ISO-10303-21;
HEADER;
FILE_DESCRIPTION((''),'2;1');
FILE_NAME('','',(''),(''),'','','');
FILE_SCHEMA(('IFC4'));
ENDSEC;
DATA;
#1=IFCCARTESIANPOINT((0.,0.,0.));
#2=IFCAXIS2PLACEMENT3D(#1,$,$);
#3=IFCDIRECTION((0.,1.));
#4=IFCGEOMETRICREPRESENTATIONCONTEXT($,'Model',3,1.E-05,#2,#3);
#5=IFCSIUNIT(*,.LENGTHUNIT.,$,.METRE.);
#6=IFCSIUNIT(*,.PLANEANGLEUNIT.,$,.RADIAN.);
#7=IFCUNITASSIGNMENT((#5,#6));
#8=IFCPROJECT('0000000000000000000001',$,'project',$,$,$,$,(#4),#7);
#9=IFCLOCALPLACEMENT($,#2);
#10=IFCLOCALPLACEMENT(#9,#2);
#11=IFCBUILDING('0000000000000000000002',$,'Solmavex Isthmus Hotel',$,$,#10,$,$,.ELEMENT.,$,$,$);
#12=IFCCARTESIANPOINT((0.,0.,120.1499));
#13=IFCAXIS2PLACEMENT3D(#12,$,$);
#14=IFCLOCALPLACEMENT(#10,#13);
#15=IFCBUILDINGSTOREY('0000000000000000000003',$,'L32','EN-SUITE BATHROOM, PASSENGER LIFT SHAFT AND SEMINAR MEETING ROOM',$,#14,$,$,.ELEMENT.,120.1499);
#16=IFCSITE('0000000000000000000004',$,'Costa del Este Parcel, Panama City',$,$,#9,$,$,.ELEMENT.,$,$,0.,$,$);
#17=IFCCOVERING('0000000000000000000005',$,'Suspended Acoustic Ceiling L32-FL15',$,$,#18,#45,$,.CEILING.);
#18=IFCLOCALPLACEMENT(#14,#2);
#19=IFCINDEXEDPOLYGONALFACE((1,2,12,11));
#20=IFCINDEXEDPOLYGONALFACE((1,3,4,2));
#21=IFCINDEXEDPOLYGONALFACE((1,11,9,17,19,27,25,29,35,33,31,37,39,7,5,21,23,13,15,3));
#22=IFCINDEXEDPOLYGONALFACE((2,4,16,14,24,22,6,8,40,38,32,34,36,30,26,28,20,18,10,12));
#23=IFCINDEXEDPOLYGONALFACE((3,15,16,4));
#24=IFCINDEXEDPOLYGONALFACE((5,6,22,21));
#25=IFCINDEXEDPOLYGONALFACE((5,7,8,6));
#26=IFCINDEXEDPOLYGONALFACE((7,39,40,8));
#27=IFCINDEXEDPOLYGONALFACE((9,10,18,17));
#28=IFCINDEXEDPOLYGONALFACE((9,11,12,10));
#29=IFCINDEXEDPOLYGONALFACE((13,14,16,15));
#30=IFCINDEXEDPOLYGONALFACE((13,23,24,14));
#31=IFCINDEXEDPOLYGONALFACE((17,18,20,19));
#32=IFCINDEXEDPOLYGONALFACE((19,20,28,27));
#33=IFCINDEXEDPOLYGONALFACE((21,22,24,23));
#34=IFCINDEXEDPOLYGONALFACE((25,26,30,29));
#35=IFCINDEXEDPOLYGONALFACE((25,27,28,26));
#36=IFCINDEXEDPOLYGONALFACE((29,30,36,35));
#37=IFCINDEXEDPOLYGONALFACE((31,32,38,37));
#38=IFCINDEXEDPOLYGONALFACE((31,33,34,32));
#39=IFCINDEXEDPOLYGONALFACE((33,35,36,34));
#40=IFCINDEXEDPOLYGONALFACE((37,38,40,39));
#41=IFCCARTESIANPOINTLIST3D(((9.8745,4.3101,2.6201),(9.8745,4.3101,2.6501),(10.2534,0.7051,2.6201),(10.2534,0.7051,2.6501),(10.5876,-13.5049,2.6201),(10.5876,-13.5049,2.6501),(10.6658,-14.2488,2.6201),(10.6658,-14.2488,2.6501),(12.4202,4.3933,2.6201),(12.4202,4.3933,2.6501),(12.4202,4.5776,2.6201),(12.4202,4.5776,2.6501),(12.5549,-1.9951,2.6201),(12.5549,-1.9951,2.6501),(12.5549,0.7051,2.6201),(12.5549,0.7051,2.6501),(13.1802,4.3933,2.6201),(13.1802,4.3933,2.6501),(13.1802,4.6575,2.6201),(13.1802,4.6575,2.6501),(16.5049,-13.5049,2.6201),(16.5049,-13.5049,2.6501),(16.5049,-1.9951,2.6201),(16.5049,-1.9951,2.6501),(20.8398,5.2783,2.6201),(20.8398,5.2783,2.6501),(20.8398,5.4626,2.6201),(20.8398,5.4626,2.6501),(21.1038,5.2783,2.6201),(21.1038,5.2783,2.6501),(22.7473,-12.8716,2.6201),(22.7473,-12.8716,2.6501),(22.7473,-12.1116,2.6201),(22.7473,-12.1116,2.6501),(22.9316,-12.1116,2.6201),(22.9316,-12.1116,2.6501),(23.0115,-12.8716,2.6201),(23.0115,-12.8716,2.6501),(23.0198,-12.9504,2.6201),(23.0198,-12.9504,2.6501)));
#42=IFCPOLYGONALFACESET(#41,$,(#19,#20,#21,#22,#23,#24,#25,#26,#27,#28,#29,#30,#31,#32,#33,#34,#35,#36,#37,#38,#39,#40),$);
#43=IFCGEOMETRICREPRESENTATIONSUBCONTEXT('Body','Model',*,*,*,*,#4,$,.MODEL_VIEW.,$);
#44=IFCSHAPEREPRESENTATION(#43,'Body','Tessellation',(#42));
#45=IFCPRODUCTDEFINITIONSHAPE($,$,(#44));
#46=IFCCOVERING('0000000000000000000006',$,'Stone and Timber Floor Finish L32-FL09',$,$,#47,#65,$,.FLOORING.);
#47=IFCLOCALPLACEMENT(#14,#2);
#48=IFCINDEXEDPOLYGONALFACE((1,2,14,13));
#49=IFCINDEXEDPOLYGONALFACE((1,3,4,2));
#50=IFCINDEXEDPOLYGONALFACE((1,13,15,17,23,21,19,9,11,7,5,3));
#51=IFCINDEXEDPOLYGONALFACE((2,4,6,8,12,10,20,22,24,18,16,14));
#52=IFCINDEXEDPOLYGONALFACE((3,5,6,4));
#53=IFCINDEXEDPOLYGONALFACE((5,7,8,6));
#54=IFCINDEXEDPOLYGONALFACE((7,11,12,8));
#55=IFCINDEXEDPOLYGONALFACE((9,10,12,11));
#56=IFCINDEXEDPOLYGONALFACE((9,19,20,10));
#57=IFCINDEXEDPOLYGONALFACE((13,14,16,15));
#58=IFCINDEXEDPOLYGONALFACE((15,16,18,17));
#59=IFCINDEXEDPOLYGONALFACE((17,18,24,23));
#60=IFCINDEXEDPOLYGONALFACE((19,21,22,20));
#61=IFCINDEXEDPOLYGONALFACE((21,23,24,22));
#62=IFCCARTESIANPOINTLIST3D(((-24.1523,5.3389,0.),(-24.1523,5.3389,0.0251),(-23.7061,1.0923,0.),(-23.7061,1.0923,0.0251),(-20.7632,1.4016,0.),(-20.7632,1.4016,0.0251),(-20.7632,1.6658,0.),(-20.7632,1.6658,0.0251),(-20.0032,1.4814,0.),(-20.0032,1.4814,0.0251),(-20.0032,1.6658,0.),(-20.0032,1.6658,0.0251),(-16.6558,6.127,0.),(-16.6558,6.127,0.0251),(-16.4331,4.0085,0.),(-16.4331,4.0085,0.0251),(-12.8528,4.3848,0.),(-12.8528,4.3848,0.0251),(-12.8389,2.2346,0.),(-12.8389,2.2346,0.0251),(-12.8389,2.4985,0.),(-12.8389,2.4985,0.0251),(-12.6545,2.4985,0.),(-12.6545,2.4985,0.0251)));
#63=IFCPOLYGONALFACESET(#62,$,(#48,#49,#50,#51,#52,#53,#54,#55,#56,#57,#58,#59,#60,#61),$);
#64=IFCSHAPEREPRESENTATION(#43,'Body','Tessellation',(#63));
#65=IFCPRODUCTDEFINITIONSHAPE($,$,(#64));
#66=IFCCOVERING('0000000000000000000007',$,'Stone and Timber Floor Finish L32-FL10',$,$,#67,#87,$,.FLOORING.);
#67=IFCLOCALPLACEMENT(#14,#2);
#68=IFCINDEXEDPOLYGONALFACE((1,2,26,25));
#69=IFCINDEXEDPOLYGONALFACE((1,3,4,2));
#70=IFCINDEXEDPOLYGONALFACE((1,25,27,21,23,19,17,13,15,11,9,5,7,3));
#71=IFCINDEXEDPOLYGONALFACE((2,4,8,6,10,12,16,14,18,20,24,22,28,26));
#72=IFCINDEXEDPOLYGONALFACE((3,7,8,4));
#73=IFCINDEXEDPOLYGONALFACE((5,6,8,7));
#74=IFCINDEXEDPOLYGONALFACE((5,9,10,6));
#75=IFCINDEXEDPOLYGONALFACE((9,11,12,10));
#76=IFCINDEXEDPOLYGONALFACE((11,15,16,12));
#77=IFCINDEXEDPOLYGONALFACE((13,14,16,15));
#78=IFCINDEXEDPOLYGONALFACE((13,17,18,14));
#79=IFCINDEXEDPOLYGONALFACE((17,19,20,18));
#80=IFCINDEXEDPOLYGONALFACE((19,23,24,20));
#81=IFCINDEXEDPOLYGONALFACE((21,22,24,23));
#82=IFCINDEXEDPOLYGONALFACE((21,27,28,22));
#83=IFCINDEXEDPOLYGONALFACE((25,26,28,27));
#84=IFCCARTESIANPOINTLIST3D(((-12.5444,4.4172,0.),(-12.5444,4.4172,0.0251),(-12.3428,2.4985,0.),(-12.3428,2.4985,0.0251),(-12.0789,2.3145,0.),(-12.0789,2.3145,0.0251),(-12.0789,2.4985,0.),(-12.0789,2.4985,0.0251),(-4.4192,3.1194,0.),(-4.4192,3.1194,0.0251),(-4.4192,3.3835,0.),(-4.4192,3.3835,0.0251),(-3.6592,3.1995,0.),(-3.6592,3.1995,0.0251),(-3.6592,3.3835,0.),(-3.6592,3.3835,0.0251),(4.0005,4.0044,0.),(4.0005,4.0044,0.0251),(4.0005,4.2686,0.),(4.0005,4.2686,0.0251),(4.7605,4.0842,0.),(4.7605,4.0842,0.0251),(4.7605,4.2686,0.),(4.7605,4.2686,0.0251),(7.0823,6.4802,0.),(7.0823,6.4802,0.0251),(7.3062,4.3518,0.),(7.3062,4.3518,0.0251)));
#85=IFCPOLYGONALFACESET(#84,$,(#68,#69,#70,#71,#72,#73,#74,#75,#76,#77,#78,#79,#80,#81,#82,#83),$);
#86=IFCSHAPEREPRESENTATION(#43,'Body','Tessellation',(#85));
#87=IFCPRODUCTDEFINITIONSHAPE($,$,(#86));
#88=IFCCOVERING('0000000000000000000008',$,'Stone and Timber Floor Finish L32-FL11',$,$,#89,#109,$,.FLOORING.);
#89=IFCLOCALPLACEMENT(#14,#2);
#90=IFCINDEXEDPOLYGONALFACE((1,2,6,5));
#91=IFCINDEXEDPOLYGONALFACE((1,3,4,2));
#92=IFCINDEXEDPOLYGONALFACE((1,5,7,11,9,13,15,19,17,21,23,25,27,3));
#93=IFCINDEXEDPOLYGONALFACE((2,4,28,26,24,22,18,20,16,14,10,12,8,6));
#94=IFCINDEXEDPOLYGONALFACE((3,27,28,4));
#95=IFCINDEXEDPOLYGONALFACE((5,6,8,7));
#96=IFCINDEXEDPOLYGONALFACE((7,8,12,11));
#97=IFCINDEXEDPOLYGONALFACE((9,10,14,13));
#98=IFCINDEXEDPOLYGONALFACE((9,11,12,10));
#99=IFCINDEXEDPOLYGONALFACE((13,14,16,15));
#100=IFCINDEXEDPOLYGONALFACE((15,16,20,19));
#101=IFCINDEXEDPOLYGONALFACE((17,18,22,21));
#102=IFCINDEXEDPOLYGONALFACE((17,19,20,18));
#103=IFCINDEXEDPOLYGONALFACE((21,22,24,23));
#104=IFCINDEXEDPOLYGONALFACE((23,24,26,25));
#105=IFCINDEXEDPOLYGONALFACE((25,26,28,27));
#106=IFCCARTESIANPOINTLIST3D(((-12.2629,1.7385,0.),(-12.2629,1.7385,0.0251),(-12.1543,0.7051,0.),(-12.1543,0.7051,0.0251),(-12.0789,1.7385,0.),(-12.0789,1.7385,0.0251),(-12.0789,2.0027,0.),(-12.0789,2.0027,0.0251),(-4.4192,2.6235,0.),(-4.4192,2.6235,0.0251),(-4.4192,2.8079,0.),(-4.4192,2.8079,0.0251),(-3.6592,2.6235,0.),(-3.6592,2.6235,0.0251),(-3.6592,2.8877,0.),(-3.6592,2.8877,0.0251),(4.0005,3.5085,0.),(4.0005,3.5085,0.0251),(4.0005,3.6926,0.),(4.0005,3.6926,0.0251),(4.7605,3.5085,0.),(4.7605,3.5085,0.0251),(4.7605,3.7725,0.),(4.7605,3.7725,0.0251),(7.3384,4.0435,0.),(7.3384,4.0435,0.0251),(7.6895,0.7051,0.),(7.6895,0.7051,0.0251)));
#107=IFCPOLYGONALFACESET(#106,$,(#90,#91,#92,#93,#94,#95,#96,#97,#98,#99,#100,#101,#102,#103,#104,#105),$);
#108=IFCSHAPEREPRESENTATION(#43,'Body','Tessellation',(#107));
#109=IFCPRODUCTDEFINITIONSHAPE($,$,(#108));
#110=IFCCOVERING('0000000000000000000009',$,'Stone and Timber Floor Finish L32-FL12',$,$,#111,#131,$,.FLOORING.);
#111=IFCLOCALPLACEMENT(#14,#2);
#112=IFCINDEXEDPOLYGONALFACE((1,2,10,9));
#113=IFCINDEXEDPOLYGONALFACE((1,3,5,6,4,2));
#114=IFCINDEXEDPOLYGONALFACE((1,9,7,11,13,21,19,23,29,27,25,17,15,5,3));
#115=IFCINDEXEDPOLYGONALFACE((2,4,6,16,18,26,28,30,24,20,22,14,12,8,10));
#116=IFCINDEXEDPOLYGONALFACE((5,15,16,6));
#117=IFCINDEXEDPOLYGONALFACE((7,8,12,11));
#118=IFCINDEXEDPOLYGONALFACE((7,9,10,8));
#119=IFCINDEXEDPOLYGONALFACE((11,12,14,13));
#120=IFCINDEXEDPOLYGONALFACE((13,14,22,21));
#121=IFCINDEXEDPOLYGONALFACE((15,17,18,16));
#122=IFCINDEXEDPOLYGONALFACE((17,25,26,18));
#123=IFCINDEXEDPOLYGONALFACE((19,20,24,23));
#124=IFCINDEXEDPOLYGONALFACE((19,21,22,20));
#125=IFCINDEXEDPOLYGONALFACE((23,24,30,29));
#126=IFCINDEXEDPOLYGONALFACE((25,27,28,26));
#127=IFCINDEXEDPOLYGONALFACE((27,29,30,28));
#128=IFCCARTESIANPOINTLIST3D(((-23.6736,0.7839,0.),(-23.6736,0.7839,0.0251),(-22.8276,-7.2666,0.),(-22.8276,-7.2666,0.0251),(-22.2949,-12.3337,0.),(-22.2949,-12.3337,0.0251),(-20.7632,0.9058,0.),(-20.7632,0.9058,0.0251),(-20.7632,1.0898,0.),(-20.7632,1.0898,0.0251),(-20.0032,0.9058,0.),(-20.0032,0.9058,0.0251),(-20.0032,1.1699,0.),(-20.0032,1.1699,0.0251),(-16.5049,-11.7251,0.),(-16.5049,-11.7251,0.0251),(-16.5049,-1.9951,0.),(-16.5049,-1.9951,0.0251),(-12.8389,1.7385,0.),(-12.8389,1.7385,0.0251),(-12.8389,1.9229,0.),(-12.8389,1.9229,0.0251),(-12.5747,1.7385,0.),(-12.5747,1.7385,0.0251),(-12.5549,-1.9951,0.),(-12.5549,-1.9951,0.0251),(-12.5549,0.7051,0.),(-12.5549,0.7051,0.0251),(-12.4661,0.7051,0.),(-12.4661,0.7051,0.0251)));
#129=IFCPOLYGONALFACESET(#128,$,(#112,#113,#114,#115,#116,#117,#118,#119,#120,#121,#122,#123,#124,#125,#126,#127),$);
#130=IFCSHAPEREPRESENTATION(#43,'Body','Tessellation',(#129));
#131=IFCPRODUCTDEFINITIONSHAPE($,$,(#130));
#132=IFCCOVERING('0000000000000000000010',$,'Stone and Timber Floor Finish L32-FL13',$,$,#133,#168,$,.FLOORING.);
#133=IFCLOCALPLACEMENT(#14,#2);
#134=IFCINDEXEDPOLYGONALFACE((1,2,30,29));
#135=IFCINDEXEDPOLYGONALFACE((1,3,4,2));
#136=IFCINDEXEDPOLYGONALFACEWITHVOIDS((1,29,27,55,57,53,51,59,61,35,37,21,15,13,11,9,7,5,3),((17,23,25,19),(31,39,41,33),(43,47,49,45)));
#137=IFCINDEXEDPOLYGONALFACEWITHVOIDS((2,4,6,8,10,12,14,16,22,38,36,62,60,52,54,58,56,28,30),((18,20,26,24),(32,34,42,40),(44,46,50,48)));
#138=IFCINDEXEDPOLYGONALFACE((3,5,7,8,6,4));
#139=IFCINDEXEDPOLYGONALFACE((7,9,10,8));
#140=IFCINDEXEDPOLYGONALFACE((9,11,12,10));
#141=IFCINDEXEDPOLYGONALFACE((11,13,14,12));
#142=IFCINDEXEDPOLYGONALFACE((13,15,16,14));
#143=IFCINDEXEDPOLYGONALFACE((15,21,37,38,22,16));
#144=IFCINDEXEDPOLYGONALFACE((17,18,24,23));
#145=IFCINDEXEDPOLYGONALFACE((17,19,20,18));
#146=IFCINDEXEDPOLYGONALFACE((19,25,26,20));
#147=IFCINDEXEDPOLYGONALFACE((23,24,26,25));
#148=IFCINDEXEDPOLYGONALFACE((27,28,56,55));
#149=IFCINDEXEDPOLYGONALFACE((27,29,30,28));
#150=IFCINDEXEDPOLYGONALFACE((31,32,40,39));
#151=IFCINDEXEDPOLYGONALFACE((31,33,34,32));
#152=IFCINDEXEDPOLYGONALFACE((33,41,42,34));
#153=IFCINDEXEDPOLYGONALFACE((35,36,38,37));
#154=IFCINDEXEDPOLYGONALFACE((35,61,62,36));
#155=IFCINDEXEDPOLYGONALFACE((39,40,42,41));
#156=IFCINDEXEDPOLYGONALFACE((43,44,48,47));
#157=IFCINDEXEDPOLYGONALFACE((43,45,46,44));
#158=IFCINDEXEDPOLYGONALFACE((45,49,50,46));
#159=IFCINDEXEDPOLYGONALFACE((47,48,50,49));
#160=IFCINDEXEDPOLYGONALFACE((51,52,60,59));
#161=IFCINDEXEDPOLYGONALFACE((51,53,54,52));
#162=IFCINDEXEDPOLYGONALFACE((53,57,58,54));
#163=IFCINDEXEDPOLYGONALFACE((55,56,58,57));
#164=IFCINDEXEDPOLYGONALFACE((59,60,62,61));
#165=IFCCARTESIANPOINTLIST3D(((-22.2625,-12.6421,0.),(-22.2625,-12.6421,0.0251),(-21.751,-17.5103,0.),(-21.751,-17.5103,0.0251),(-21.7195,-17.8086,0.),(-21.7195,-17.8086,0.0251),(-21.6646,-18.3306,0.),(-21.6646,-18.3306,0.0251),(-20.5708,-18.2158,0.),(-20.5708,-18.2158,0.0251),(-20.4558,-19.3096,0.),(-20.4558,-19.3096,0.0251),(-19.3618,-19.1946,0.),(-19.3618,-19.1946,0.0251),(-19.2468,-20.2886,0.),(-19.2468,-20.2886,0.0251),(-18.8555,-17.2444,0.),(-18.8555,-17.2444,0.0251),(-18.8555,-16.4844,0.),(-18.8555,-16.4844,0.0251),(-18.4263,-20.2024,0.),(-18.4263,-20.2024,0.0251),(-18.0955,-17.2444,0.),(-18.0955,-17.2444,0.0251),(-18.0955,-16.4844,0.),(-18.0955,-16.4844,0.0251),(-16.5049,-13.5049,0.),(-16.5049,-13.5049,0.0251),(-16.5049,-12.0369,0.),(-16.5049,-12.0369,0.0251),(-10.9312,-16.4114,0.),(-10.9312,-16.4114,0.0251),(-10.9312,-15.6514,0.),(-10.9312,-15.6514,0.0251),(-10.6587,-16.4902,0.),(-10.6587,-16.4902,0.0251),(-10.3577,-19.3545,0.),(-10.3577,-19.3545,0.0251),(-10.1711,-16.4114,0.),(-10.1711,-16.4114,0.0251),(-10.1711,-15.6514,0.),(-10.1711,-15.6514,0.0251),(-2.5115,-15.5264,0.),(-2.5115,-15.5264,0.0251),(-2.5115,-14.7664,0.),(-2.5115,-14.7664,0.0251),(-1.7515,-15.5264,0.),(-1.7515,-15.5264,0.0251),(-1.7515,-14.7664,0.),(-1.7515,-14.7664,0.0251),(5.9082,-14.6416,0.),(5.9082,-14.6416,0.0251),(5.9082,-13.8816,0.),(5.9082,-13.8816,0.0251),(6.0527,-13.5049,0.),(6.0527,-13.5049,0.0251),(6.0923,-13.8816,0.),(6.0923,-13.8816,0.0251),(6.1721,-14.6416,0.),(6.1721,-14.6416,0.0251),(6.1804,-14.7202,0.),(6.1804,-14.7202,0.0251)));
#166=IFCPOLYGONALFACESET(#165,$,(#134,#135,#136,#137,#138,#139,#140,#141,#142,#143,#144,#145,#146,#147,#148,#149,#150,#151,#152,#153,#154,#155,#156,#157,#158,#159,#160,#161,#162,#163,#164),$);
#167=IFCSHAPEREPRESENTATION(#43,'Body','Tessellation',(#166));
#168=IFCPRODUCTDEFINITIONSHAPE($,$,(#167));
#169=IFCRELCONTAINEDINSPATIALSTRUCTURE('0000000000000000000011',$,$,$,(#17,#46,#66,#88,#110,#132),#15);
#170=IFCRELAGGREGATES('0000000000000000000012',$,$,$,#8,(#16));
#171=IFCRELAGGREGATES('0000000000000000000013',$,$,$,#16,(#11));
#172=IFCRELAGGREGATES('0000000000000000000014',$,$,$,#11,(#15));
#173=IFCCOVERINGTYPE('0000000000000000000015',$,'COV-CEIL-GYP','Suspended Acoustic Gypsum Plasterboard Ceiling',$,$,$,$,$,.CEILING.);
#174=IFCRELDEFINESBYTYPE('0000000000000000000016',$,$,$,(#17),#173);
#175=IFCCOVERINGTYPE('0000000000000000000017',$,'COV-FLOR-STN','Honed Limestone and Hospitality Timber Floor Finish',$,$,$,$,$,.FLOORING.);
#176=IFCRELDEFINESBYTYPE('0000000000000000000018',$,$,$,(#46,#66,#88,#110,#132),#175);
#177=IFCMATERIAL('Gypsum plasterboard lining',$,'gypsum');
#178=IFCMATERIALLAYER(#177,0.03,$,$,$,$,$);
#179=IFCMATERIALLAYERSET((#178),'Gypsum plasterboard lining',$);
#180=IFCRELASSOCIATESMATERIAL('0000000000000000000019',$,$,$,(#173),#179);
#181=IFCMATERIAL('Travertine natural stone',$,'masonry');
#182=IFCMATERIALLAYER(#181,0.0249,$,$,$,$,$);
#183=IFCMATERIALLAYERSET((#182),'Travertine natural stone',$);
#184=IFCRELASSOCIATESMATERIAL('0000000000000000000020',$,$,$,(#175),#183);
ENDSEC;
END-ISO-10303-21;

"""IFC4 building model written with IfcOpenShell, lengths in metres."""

from ifc_helpers import new_model, si_unit, direction, frame, origin, place, context, subcontext, project, spatial, polyline, outline, extrude, material, layer, layer_set, type_object, element, save


model = new_model("IFC4")

# Units and contexts
model_context = context("Model", 3, precision=1e-05, world=origin(), true_north=direction((0.0, 1.0)))
body_context = subcontext(model_context, "Body", "Model", "MODEL_VIEW")
ifc_project = project(units=[si_unit("LENGTHUNIT", "METRE"), si_unit("PLANEANGLEUNIT", "RADIAN")], contexts=[model_context])

# Site, building, storey
site_placement = place(None, origin())
site = spatial("IfcSite", under=ifc_project, at=site_placement, Name="Costa del Este Parcel, Panama City", CompositionType="ELEMENT", RefElevation=0.0)
building_placement = place(site_placement, origin())
building = spatial("IfcBuilding", under=site, at=building_placement, Name="Solmavex Isthmus Hotel", CompositionType="ELEMENT")
storey_placement = place(building_placement, frame((0.0, 0.0, 120.1499)))
storey = spatial("IfcBuildingStorey", under=building, at=storey_placement, Name="L32", Description="EN-SUITE BATHROOM, PASSENGER LIFT SHAFT AND SEMINAR MEETING ROOM", CompositionType="ELEMENT", Elevation=120.1499)

# Shared definitions
ifc_material_1 = material(Name="Gypsum plasterboard lining", Category="gypsum")

# Coverings
ifc_layer_1 = layer(ifc_material_1, 0.03)
ifc_layer_set_1 = layer_set([ifc_layer_1], Name="Gypsum plasterboard lining")
covering_type_1 = type_object("IfcCoveringType", Name="COV-CEIL-GYP", Description="Suspended Acoustic Gypsum Plasterboard Ceiling", PredefinedType="CEILING", material=ifc_layer_set_1)
covering_1_placement = place(storey_placement, frame((0.0, 0.0, 2.6201)))
element("IfcCovering", 1, at=covering_1_placement, inside=storey, type_object=covering_type_1, Name="Suspended Acoustic Ceiling L32-FL15", PredefinedType="CEILING", context=body_context, shape_type="SweptSolid", body=[
    extrude(outline(polyline([(13.1802, 4.6575), (13.1802, 4.3933), (12.4202, 4.3933), (12.4202, 4.5776), (9.8745, 4.3101), (10.2534, 0.7051), (12.5549, 0.7051), (12.5549, -1.9951), (16.5049, -1.9951), (16.5049, -13.5049), (10.5876, -13.5049), (10.6658, -14.2488), (23.0198, -12.9504), (23.0115, -12.8716), (22.7473, -12.8716), (22.7473, -12.1116), (22.9316, -12.1116), (21.1038, 5.2783), (20.8398, 5.2783), (20.8398, 5.4626), (13.1802, 4.6575)])), origin(), (0.0, 0.0, 1.0), 0.03),
])
ifc_material_2 = material(Name="Travertine natural stone", Category="masonry")
ifc_layer_2 = layer(ifc_material_2, 0.0249)
ifc_layer_set_2 = layer_set([ifc_layer_2], Name="Travertine natural stone")
covering_type_2 = type_object("IfcCoveringType", Name="COV-FLOR-STN", Description="Honed Limestone and Hospitality Timber Floor Finish", PredefinedType="FLOORING", material=ifc_layer_set_2)
covering_2_placement = place(storey_placement, origin())
element("IfcCovering", 2, at=covering_2_placement, inside=storey, type_object=covering_type_2, Name="Stone and Timber Floor Finish L32-FL09", PredefinedType="FLOORING", context=body_context, shape_type="SweptSolid", body=[
    extrude(outline(polyline([(-12.8389, 2.2346), (-12.8389, 2.4985), (-12.6545, 2.4985), (-12.8528, 4.3848), (-16.4331, 4.0085), (-16.6558, 6.127), (-24.1523, 5.3389), (-23.7061, 1.0923), (-20.7632, 1.4016), (-20.7632, 1.6658), (-20.0032, 1.6658), (-20.0032, 1.4814), (-12.8389, 2.2346)])), origin(), (0.0, 0.0, 1.0), 0.0251),
])
covering_3_placement = place(storey_placement, origin())
element("IfcCovering", 3, at=covering_3_placement, inside=storey, type_object=covering_type_2, Name="Stone and Timber Floor Finish L32-FL10", PredefinedType="FLOORING", context=body_context, shape_type="SweptSolid", body=[
    extrude(outline(polyline([(4.0005, 4.0044), (4.0005, 4.2686), (4.7605, 4.2686), (4.7605, 4.0842), (7.3062, 4.3518), (7.0823, 6.4802), (-12.5444, 4.4172), (-12.3428, 2.4985), (-12.0789, 2.4985), (-12.0789, 2.3145), (-4.4192, 3.1194), (-4.4192, 3.3835), (-3.6592, 3.3835), (-3.6592, 3.1995), (4.0005, 4.0044)])), origin(), (0.0, 0.0, 1.0), 0.0251),
])
covering_4_placement = place(storey_placement, origin())
element("IfcCovering", 4, at=covering_4_placement, inside=storey, type_object=covering_type_2, Name="Stone and Timber Floor Finish L32-FL11", PredefinedType="FLOORING", context=body_context, shape_type="SweptSolid", body=[
    extrude(outline(polyline([(-12.0789, 2.0027), (-12.0789, 1.7385), (-12.2629, 1.7385), (-12.1543, 0.7051), (7.6895, 0.7051), (7.3384, 4.0435), (4.7605, 3.7725), (4.7605, 3.5085), (4.0005, 3.5085), (4.0005, 3.6926), (-3.6592, 2.8877), (-3.6592, 2.6235), (-4.4192, 2.6235), (-4.4192, 2.8079), (-12.0789, 2.0027)])), origin(), (0.0, 0.0, 1.0), 0.0251),
])
covering_5_placement = place(storey_placement, origin())
element("IfcCovering", 5, at=covering_5_placement, inside=storey, type_object=covering_type_2, Name="Stone and Timber Floor Finish L32-FL12", PredefinedType="FLOORING", context=body_context, shape_type="SweptSolid", body=[
    extrude(outline(polyline([(-20.0032, 1.1699), (-20.0032, 0.9058), (-20.7632, 0.9058), (-20.7632, 1.0898), (-23.6736, 0.7839), (-22.8276, -7.2666), (-22.2949, -12.3337), (-16.5049, -11.7251), (-16.5049, -1.9951), (-12.5549, -1.9951), (-12.5549, 0.7051), (-12.4661, 0.7051), (-12.5747, 1.7385), (-12.8389, 1.7385), (-12.8389, 1.9229), (-20.0032, 1.1699)])), origin(), (0.0, 0.0, 1.0), 0.0251),
])
covering_6_placement = place(storey_placement, origin())
element("IfcCovering", 6, at=covering_6_placement, inside=storey, type_object=covering_type_2, Name="Stone and Timber Floor Finish L32-FL13", PredefinedType="FLOORING", context=body_context, shape_type="SweptSolid", body=[
    extrude(outline(polyline([(6.1721, -14.6416), (5.9082, -14.6416), (5.9082, -13.8816), (6.0923, -13.8816), (6.0527, -13.5049), (-16.5049, -13.5049), (-16.5049, -12.0369), (-22.2625, -12.6421), (-21.751, -17.5103), (-21.7195, -17.8086), (-21.6646, -18.3306), (-20.5708, -18.2158), (-20.4558, -19.3096), (-19.3618, -19.1946), (-19.2468, -20.2886), (-18.4263, -20.2024), (-10.3577, -19.3545), (-10.6587, -16.4902), (6.1804, -14.7202), (6.1721, -14.6416)]), holes=[polyline([(-2.5115, -15.5264), (-2.5115, -14.7664), (-1.7515, -14.7664), (-1.7515, -15.5264), (-2.5115, -15.5264)]), polyline([(-10.9312, -16.4114), (-10.9312, -15.6514), (-10.1711, -15.6514), (-10.1711, -16.4114), (-10.9312, -16.4114)]), polyline([(-18.8555, -17.2444), (-18.8555, -16.4844), (-18.0955, -16.4844), (-18.0955, -17.2444), (-18.8555, -17.2444)])]), origin(), (0.0, 0.0, 1.0), 0.0251),
])

save(model, "model.ifc")
